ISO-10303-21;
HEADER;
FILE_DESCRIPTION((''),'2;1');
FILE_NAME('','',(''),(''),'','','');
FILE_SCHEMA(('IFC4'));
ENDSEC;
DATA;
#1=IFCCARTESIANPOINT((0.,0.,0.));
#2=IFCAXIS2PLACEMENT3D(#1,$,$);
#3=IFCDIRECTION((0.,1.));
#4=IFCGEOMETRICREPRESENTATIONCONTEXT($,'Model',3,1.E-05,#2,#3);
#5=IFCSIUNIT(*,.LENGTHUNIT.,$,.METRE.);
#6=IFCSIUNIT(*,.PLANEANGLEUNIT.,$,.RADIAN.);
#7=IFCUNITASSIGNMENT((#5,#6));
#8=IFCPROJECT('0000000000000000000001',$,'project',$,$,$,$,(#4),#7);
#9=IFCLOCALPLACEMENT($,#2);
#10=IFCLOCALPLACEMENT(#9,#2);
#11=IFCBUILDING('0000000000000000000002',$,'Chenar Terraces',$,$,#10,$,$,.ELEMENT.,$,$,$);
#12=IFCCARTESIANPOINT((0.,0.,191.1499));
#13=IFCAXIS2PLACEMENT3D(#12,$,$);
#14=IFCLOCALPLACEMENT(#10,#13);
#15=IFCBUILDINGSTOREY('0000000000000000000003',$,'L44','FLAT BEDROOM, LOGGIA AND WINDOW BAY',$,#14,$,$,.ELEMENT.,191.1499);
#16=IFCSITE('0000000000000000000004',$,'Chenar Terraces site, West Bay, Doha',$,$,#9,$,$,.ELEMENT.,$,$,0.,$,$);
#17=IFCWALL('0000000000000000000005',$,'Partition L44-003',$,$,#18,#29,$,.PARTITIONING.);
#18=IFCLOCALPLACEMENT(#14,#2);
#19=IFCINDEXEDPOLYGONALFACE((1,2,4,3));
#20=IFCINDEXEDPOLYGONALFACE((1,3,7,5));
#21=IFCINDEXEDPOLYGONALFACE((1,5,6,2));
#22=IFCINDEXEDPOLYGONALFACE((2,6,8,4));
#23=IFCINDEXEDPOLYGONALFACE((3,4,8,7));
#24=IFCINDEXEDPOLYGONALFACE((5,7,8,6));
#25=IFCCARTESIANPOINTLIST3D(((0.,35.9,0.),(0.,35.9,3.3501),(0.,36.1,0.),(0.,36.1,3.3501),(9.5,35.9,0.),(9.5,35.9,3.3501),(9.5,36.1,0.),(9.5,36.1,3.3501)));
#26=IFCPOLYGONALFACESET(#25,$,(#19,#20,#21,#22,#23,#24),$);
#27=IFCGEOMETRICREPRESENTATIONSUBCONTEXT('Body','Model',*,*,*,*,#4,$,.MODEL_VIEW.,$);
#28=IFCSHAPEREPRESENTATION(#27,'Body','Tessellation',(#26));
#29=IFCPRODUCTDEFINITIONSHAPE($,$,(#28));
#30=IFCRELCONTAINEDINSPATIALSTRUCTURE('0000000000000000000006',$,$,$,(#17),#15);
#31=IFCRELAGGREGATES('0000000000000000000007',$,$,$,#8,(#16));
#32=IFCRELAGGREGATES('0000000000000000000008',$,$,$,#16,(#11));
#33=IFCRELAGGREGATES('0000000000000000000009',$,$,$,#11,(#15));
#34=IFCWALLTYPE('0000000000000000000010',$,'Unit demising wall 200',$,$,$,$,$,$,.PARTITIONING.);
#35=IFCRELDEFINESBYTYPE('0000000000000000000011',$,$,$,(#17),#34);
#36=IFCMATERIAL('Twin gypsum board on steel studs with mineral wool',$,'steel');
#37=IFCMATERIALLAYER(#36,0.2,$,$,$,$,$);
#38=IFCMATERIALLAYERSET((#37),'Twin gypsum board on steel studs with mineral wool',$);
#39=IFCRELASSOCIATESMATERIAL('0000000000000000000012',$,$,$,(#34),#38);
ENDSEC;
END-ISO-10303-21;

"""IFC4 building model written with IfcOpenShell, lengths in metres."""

from ifc_helpers import new_model, si_unit, direction, frame, frame_2d, origin, place, context, subcontext, project, spatial, rectangle, extrude, material, layer, layer_set, type_object, element, save


model = new_model("IFC4")

# Units and contexts
model_context = context("Model", 3, precision=1e-05, world=origin(), true_north=direction((0.0, 1.0)))
body_context = subcontext(model_context, "Body", "Model", "MODEL_VIEW")
ifc_project = project(units=[si_unit("LENGTHUNIT", "METRE"), si_unit("PLANEANGLEUNIT", "RADIAN")], contexts=[model_context])

# Site, building, storey
site_placement = place(None, origin())
site = spatial("IfcSite", under=ifc_project, at=site_placement, Name="Chenar Terraces site, West Bay, Doha", CompositionType="ELEMENT", RefElevation=0.0)
building_placement = place(site_placement, origin())
building = spatial("IfcBuilding", under=site, at=building_placement, Name="Chenar Terraces", CompositionType="ELEMENT")
storey_placement = place(building_placement, frame((0.0, 0.0, 191.1499)))
storey = spatial("IfcBuildingStorey", under=building, at=storey_placement, Name="L44", Description="FLAT BEDROOM, LOGGIA AND WINDOW BAY", CompositionType="ELEMENT", Elevation=191.1499)

# Shared definitions
placement_1 = place(storey_placement, frame((0.0, 36.0, 0.0), z_axis=(0.0, 0.0, 1.0), x_axis=(1.0, 0.0, 0.0)))

# Wall
ifc_material_1 = material(Name="Twin gypsum board on steel studs with mineral wool", Category="steel")
ifc_layer_1 = layer(ifc_material_1, 0.2)
ifc_layer_set_1 = layer_set([ifc_layer_1], Name="Twin gypsum board on steel studs with mineral wool")
wall_type_1 = type_object("IfcWallType", Name="Unit demising wall 200", PredefinedType="PARTITIONING", material=ifc_layer_set_1)
element("IfcWall", 1, at=placement_1, inside=storey, type_object=wall_type_1, Name="Partition L44-003", PredefinedType="PARTITIONING", context=body_context, shape_type="SweptSolid", body=[
    extrude(rectangle(XDim=9.5, YDim=0.2, at=frame_2d((4.75, 0.0))), origin(), (0.0, 0.0, 1.0), 3.3501),
])

save(model, "model.ifc")
